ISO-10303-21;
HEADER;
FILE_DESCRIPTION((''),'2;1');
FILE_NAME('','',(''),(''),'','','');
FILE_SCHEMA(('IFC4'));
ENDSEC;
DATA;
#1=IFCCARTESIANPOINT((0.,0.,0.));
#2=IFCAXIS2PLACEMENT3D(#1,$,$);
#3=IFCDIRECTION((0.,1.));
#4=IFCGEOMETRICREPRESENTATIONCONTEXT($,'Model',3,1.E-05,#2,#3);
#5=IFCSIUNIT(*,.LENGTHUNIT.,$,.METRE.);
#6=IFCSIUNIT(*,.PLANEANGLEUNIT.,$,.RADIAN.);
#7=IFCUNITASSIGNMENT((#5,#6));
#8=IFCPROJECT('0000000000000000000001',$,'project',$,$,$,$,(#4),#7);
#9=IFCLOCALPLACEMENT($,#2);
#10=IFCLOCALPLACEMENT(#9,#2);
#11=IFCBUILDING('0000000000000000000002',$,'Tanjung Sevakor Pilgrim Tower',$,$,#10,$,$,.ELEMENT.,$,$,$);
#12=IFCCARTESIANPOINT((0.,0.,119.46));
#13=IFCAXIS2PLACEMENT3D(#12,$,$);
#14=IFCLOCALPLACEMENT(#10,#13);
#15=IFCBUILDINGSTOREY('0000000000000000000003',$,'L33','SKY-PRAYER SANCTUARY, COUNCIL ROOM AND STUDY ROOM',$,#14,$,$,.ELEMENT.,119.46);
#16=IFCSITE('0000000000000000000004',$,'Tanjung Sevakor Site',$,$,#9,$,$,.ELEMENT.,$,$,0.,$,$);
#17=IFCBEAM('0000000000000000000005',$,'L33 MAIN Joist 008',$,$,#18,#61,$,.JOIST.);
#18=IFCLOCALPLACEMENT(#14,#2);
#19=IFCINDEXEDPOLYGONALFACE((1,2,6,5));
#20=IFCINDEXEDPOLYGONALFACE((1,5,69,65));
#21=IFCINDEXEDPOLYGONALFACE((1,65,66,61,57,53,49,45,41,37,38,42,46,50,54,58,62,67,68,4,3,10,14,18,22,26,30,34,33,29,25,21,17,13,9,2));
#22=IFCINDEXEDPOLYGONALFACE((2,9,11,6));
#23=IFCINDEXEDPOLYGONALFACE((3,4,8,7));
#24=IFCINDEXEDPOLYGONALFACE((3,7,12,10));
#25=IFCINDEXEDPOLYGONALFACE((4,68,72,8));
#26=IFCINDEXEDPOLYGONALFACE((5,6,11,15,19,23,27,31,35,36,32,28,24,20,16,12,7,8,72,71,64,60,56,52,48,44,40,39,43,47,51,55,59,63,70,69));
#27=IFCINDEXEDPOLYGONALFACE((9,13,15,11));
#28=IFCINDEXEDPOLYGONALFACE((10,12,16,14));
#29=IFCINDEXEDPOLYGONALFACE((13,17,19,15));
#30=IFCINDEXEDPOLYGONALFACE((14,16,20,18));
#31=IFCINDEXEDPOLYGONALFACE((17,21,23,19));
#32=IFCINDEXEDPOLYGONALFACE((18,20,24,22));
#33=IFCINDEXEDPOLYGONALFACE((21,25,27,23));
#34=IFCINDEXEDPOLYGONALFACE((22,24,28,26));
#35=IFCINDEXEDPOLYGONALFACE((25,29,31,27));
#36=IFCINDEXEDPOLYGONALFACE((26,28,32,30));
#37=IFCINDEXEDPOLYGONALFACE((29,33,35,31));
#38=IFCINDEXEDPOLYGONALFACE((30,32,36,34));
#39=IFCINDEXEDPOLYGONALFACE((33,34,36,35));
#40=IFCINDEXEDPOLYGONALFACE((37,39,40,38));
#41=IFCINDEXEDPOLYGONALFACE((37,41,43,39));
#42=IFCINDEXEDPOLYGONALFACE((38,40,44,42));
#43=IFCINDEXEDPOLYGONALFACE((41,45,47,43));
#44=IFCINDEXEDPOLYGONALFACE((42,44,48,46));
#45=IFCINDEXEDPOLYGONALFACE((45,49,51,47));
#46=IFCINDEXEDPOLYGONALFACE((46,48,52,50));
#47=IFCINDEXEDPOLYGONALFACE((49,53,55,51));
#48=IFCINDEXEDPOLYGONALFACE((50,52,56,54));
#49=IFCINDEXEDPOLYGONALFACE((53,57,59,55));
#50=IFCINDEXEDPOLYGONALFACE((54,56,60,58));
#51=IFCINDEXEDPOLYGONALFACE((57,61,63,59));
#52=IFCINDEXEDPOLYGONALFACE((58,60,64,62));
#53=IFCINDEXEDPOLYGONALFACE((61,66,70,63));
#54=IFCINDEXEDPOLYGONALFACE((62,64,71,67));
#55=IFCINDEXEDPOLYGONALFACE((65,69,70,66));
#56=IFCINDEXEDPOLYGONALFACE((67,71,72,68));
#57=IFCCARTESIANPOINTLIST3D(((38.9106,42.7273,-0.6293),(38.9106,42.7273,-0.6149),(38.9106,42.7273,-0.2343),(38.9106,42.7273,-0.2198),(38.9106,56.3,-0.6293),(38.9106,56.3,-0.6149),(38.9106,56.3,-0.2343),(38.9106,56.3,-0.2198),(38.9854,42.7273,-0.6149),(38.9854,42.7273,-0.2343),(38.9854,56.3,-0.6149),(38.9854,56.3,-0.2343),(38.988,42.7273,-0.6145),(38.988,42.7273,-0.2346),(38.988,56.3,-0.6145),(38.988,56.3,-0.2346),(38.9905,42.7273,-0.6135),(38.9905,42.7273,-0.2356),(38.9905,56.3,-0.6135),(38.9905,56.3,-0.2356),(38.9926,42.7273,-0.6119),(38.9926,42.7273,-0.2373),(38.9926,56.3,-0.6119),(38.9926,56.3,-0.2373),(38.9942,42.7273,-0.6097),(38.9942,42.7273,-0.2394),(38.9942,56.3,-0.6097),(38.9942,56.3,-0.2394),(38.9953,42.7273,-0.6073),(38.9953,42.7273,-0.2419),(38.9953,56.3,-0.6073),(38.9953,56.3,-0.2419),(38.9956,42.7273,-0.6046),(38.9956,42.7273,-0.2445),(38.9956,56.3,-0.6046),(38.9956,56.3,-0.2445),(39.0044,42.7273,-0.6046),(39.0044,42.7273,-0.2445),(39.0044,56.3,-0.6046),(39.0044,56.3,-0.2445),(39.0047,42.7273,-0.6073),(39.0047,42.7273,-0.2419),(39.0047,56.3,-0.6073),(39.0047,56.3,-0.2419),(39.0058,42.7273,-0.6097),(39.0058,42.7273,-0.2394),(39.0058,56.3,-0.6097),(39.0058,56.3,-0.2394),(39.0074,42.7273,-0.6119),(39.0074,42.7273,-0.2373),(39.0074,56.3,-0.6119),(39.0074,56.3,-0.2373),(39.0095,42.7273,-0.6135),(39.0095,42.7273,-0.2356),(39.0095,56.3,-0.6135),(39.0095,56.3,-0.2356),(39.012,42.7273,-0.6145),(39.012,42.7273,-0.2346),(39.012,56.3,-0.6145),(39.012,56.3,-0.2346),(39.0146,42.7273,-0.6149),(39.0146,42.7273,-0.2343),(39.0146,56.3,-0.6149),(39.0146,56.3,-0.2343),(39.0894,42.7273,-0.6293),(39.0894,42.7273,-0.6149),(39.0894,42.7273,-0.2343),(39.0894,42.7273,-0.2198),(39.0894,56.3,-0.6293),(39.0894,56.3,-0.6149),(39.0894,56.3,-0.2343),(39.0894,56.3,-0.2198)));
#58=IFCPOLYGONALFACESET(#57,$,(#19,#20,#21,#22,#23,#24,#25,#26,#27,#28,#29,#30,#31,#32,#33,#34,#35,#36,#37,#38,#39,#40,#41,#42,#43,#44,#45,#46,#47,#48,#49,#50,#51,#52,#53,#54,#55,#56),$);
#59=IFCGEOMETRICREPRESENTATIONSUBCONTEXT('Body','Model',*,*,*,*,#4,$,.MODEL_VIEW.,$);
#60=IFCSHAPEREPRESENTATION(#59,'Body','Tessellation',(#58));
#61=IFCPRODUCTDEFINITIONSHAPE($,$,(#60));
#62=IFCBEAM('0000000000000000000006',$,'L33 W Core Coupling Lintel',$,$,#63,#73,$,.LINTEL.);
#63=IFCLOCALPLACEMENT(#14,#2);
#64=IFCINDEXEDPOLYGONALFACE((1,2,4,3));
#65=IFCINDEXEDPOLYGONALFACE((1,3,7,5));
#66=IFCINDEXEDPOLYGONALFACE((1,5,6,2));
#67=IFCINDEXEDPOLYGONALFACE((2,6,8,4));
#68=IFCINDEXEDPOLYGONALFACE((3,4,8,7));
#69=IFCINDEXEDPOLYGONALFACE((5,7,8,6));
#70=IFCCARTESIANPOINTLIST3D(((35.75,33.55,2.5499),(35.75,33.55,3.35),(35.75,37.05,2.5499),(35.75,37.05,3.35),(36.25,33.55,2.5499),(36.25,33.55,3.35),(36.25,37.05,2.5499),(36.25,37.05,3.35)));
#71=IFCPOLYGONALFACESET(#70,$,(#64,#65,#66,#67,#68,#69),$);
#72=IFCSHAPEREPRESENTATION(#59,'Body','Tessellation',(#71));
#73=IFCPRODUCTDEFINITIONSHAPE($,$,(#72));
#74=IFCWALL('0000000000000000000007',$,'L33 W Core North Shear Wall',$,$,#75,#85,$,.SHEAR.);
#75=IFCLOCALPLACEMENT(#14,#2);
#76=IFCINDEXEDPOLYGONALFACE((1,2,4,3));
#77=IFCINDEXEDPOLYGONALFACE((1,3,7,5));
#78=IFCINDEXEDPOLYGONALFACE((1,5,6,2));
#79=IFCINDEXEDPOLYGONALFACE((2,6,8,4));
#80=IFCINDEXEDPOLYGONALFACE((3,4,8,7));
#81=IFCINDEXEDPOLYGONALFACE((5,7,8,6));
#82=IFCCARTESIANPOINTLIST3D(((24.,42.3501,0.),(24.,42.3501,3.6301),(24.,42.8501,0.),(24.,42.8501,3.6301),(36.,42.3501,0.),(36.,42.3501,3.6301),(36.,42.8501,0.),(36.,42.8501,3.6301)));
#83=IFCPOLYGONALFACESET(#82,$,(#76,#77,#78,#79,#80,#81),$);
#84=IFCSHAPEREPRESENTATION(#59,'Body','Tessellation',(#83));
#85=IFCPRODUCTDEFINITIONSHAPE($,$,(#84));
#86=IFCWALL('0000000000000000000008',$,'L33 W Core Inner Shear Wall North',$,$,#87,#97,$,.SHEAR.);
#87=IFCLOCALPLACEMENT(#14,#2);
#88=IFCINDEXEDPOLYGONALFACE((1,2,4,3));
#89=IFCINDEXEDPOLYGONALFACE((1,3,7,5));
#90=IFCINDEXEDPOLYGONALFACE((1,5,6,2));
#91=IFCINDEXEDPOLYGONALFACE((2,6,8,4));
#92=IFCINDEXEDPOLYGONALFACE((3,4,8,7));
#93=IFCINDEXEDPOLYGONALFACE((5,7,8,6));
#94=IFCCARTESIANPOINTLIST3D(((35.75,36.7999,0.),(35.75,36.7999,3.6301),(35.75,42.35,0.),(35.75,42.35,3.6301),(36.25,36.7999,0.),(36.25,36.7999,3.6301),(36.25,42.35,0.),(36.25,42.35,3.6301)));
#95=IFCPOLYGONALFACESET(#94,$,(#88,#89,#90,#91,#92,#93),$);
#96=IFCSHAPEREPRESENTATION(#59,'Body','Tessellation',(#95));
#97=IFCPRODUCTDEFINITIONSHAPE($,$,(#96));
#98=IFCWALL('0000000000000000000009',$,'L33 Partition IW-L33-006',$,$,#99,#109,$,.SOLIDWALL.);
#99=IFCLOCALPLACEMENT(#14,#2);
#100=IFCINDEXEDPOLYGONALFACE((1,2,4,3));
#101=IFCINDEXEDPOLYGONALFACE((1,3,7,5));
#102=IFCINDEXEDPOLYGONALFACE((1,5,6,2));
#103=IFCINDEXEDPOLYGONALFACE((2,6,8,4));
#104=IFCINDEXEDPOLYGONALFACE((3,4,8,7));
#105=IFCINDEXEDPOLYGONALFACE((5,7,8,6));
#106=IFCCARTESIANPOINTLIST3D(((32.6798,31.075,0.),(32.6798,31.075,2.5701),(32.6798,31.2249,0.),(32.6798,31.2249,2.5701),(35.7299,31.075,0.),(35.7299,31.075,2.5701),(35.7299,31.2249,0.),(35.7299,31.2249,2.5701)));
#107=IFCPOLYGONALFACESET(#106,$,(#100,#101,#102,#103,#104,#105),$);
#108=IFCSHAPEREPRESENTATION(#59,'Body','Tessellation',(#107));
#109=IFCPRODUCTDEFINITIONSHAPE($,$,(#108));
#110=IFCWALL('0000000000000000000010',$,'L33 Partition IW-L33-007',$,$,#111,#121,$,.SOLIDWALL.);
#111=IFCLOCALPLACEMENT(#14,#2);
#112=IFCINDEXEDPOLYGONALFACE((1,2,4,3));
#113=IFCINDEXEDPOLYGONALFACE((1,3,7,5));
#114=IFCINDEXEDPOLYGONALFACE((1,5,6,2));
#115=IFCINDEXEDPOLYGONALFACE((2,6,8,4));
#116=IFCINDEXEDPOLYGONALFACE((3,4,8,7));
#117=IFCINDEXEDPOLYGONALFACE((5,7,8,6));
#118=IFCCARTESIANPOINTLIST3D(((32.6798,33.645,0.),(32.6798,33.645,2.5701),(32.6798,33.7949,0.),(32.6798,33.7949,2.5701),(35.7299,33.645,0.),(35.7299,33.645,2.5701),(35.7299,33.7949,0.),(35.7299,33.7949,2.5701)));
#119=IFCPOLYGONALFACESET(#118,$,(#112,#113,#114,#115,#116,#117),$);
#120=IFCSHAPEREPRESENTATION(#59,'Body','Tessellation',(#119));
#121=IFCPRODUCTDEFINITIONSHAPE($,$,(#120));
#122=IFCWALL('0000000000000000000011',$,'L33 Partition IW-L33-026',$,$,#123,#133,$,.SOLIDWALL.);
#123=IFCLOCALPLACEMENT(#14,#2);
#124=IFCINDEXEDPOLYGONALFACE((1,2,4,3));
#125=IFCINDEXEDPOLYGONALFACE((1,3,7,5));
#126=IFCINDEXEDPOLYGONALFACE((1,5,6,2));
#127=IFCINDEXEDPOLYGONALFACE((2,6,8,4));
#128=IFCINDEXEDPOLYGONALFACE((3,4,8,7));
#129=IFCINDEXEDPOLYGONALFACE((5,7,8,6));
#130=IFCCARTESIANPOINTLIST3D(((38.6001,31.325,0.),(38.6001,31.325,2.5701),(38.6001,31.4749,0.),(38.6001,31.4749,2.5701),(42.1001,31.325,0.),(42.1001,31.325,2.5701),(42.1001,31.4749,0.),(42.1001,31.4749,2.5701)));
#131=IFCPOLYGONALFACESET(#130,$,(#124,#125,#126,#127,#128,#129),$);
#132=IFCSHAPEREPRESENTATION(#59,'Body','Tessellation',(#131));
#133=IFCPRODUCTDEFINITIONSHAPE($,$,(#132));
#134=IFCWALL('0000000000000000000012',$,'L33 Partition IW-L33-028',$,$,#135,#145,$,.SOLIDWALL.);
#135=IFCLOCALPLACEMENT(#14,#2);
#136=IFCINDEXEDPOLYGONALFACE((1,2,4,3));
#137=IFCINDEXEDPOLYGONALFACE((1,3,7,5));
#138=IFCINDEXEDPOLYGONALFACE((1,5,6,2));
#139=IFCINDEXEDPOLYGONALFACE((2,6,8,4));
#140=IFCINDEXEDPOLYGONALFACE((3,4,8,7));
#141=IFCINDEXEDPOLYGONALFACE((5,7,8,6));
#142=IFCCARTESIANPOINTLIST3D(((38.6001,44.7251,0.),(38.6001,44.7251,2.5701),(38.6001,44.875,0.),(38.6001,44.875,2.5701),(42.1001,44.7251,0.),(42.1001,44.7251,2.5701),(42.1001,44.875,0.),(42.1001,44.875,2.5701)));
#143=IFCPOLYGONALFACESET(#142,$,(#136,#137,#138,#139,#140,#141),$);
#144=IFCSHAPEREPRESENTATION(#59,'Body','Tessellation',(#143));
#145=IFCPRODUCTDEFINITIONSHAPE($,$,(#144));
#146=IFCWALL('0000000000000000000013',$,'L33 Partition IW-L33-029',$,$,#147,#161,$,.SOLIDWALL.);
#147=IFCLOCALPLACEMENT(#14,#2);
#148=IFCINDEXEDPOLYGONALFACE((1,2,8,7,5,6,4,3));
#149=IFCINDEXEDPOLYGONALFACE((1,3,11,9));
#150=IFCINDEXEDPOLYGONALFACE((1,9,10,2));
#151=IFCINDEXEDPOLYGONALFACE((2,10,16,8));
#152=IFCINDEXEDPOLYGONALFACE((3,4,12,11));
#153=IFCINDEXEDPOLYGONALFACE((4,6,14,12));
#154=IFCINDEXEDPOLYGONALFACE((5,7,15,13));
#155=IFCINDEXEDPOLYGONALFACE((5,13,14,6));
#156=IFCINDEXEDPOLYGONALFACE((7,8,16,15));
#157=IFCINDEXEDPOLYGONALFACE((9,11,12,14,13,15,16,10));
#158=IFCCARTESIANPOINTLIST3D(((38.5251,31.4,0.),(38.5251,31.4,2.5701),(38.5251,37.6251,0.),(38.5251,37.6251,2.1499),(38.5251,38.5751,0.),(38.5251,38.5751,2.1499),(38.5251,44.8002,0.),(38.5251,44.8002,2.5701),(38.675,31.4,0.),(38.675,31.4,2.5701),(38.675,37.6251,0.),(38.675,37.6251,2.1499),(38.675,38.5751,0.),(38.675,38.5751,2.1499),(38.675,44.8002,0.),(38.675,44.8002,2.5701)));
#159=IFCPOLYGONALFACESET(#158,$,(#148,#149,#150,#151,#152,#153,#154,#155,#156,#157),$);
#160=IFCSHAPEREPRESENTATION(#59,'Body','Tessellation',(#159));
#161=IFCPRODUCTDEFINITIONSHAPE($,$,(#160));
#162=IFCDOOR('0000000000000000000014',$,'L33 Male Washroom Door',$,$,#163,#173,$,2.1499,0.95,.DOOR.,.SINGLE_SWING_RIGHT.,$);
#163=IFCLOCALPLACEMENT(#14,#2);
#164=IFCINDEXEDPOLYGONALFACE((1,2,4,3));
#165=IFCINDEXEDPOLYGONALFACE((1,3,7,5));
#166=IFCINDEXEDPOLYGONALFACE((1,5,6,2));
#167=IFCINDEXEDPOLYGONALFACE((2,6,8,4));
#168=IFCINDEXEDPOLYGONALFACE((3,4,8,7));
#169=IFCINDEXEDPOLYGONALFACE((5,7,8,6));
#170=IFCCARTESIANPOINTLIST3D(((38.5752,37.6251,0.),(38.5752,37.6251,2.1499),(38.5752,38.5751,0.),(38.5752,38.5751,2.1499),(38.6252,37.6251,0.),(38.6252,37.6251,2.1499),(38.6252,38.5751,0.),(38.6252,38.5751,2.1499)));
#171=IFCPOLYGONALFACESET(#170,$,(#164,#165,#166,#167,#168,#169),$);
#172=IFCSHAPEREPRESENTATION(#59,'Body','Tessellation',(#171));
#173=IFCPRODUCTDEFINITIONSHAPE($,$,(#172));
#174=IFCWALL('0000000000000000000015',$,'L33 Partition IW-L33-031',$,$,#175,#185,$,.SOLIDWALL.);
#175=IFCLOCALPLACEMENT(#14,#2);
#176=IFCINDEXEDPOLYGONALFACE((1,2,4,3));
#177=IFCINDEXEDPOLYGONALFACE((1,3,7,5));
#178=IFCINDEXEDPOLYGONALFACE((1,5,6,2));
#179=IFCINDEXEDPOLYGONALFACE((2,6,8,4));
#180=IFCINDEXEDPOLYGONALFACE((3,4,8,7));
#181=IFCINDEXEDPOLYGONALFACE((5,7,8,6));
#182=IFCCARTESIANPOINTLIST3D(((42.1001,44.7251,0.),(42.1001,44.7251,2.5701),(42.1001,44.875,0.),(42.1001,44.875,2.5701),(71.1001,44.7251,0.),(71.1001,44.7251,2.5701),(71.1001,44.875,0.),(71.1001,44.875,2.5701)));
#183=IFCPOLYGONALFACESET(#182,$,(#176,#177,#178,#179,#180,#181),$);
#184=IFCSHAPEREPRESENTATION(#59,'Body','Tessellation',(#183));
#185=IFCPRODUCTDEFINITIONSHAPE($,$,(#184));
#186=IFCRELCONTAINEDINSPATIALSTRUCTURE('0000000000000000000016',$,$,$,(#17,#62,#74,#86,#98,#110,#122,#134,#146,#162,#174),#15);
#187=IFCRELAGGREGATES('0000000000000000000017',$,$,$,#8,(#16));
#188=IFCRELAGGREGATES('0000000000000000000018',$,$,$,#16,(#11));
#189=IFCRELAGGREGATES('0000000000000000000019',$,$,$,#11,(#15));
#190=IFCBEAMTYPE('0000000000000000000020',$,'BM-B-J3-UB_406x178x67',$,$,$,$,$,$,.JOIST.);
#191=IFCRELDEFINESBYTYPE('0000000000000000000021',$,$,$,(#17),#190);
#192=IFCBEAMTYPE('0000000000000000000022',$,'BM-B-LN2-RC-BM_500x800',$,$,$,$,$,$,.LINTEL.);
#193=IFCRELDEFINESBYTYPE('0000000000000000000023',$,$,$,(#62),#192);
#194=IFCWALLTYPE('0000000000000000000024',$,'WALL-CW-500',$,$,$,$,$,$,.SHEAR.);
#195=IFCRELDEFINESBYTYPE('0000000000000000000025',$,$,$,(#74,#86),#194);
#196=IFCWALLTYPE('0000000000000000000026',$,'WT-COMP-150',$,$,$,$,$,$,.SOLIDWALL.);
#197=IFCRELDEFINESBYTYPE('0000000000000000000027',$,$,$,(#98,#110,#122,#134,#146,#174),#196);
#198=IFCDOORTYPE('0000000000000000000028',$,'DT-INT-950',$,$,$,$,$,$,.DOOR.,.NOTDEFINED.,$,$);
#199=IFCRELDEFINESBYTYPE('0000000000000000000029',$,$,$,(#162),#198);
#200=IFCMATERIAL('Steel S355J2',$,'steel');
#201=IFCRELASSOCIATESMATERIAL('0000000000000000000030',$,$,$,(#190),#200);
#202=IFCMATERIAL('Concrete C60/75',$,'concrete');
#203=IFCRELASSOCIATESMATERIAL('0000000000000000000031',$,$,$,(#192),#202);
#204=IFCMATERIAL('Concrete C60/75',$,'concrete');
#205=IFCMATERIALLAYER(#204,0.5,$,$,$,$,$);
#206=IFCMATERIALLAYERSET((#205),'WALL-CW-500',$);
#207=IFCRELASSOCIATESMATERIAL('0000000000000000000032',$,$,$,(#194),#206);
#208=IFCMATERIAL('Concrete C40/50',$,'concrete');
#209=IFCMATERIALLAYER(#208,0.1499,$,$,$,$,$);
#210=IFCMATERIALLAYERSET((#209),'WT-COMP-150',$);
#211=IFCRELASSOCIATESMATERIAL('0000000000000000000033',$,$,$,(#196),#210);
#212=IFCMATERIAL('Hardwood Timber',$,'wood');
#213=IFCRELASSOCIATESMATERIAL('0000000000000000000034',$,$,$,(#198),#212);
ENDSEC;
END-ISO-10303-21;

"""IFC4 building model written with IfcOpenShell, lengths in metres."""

from ifc_helpers import new_model, si_unit, direction, frame, frame_2d, origin, origin_2d, place, context, subcontext, project, spatial, rectangle, i_section, extrude, material, layer, layer_set, material_profile, profile_set, type_object, element, fill, save


model = new_model("IFC4")

# Units and contexts
model_context = context("Model", 3, precision=1e-05, world=origin(), true_north=direction((0.0, 1.0)))
body_context = subcontext(model_context, "Body", "Model", "MODEL_VIEW")
ifc_project = project(units=[si_unit("LENGTHUNIT", "METRE"), si_unit("PLANEANGLEUNIT", "RADIAN")], contexts=[model_context])

# Site, building, storey
site_placement = place(None, origin())
site = spatial("IfcSite", under=ifc_project, at=site_placement, Name="Tanjung Sevakor Site", CompositionType="ELEMENT", RefElevation=0.0)
building_placement = place(site_placement, origin())
building = spatial("IfcBuilding", under=site, at=building_placement, Name="Tanjung Sevakor Pilgrim Tower", CompositionType="ELEMENT")
storey_placement = place(building_placement, frame((0.0, 0.0, 119.46)))
storey = spatial("IfcBuildingStorey", under=building, at=storey_placement, Name="L33", Description="SKY-PRAYER SANCTUARY, COUNCIL ROOM AND STUDY ROOM", CompositionType="ELEMENT", Elevation=119.46)

# Beams
ifc_material_1 = material(Name="Steel S355J2", Category="steel")
ifc_material_profile_1 = material_profile(ifc_material_1, i_section(OverallWidth=0.1787, OverallDepth=0.4094, WebThickness=0.0088, FlangeThickness=0.0144, FilletRadius=0.0103, at=origin_2d()))
ifc_profile_set_1 = profile_set([ifc_material_profile_1], Name="Steel S355J2")
beam_type_1 = type_object("IfcBeamType", Name="BM-B-J3-UB_406x178x67", PredefinedType="JOIST", material=ifc_profile_set_1)
beam_1_placement = place(storey_placement, frame((39.0, 42.7273, -0.4246), z_axis=(0.0, 1.0, 0.0), x_axis=(-1.0, 0.0, 0.0)))
element("IfcBeam", 1, at=beam_1_placement, inside=storey, type_object=beam_type_1, Name="L33 MAIN Joist 008", PredefinedType="JOIST", context=body_context, shape_type="SweptSolid", body=[
    extrude(i_section(OverallWidth=0.1787, OverallDepth=0.4094, WebThickness=0.0088, FlangeThickness=0.0144, FilletRadius=0.0103, at=origin_2d()), origin(), (0.0, 0.0, 1.0), 13.5728),
])
ifc_material_2 = material(Name="Concrete C60/75", Category="concrete")
ifc_material_profile_2 = material_profile(ifc_material_2, rectangle(XDim=0.5, YDim=0.8, at=origin_2d()))
ifc_profile_set_2 = profile_set([ifc_material_profile_2], Name="Concrete C60/75")
beam_type_2 = type_object("IfcBeamType", Name="BM-B-LN2-RC-BM_500x800", PredefinedType="LINTEL", material=ifc_profile_set_2)
beam_2_placement = place(storey_placement, frame((36.0, 33.55, 2.95), z_axis=(0.0, 1.0, 0.0), x_axis=(-1.0, 0.0, 0.0)))
element("IfcBeam", 2, at=beam_2_placement, inside=storey, type_object=beam_type_2, Name="L33 W Core Coupling Lintel", PredefinedType="LINTEL", context=body_context, shape_type="SweptSolid", body=[
    extrude(rectangle(XDim=0.5, YDim=0.8, at=origin_2d()), origin(), (0.0, 0.0, 1.0), 3.5),
])

# Walls
ifc_material_3 = material(Name="Concrete C60/75", Category="concrete")
ifc_layer_1 = layer(ifc_material_3, 0.5)
ifc_layer_set_1 = layer_set([ifc_layer_1], Name="WALL-CW-500")
wall_type_1 = type_object("IfcWallType", Name="WALL-CW-500", PredefinedType="SHEAR", material=ifc_layer_set_1)
wall_1_placement = place(storey_placement, frame((36.0, 42.6001, 0.0), z_axis=(0.0, 0.0, 1.0), x_axis=(-1.0, 0.0, 0.0)))
element("IfcWall", 3, at=wall_1_placement, inside=storey, type_object=wall_type_1, Name="L33 W Core North Shear Wall", PredefinedType="SHEAR", context=body_context, shape_type="SweptSolid", body=[
    extrude(rectangle(XDim=12.0, YDim=0.5, at=frame_2d((6.0, 0.0))), origin(), (0.0, 0.0, 1.0), 3.6301),
])
wall_2_placement = place(storey_placement, frame((36.0, 36.8, 0.0), z_axis=(0.0, 0.0, 1.0), x_axis=(0.0, 1.0, 0.0)))
element("IfcWall", 4, at=wall_2_placement, inside=storey, type_object=wall_type_1, Name="L33 W Core Inner Shear Wall North", PredefinedType="SHEAR", context=body_context, shape_type="SweptSolid", body=[
    extrude(rectangle(XDim=5.55, YDim=0.5, at=frame_2d((2.7749, 0.0))), origin(), (0.0, 0.0, 1.0), 3.6301),
])
ifc_material_4 = material(Name="Concrete C40/50", Category="concrete")
ifc_layer_2 = layer(ifc_material_4, 0.1499)
ifc_layer_set_2 = layer_set([ifc_layer_2], Name="WT-COMP-150")
wall_type_2 = type_object("IfcWallType", Name="WT-COMP-150", PredefinedType="SOLIDWALL", material=ifc_layer_set_2)
for number, where, z_axis, x_axis, name in (
    (5, (32.6799, 31.1499, 0.0), (0.0, 0.0, 1.0), (1.0, 0.0, 0.0), "L33 Partition IW-L33-006"),
    (6, (32.6799, 33.72, 0.0), (0.0, 0.0, 1.0), (1.0, 0.0, 0.0), "L33 Partition IW-L33-007"),
):
    element("IfcWall", number, at=place(storey_placement, frame(where, z_axis=z_axis, x_axis=x_axis)), inside=storey, type_object=wall_type_2, Name=name, PredefinedType="SOLIDWALL", context=body_context, shape_type="SweptSolid", body=[
        extrude(rectangle(XDim=3.05, YDim=0.1499, at=frame_2d((1.5249, 0.0))), origin(), (0.0, 0.0, 1.0), 2.5701),
    ])
for number, where, z_axis, x_axis, name in (
    (7, (38.6001, 31.3999, 0.0), (0.0, 0.0, 1.0), (1.0, 0.0, 0.0), "L33 Partition IW-L33-026"),
    (8, (38.6001, 44.8, 0.0), (0.0, 0.0, 1.0), (1.0, 0.0, 0.0), "L33 Partition IW-L33-028"),
):
    element("IfcWall", number, at=place(storey_placement, frame(where, z_axis=z_axis, x_axis=x_axis)), inside=storey, type_object=wall_type_2, Name=name, PredefinedType="SOLIDWALL", context=body_context, shape_type="SweptSolid", body=[
        extrude(rectangle(XDim=3.5, YDim=0.1499, at=frame_2d((1.75, 0.0))), origin(), (0.0, 0.0, 1.0), 2.5701),
    ])

# Wall, opening, door
wall_3_placement = place(storey_placement, frame((38.6001, 31.3999, 0.0), z_axis=(0.0, 0.0, 1.0), x_axis=(0.0, 1.0, 0.0)))
wall_3 = element("IfcWall", 9, at=wall_3_placement, inside=storey, type_object=wall_type_2, Name="L33 Partition IW-L33-029", PredefinedType="SOLIDWALL", context=body_context, shape_type="SweptSolid", body=[
    extrude(rectangle(XDim=13.4001, YDim=0.1499, at=frame_2d((6.7002, 0.0))), origin(), (0.0, 0.0, 1.0), 2.5701),
])
opening_1_placement = place(wall_3_placement, frame((6.2251, 0.0, 0.0)))
opening_1 = element("IfcOpeningElement", 10, at=opening_1_placement, cuts=wall_3, PredefinedType="OPENING", context=body_context, shape_type="SweptSolid", body=[
    extrude(rectangle(XDim=0.95, YDim=2.1499, at=frame_2d((0.4751, 1.075))), frame((0.0, 0.085, 0.0), z_axis=(0.0, -1.0, 0.0), x_axis=(1.0, 0.0, 0.0)), (0.0, 0.0, 1.0), 0.1699),
])
ifc_material_5 = material(Name="Hardwood Timber", Category="wood")
door_type_1 = type_object("IfcDoorType", Name="DT-INT-950", OperationType="NOTDEFINED", PredefinedType="DOOR", material=ifc_material_5)
door_1_placement = place(opening_1_placement, origin())
door_1 = element("IfcDoor", 11, at=door_1_placement, inside=storey, type_object=door_type_1, Name="L33 Male Washroom Door", OperationType="SINGLE_SWING_RIGHT", OverallHeight=2.1499, OverallWidth=0.95, PredefinedType="DOOR", context=body_context, shape_type="SweptSolid", body=[
    extrude(rectangle(XDim=0.95, YDim=2.1499, at=frame_2d((0.4751, 1.075))), frame((0.0, 0.0249, 0.0), z_axis=(0.0, -1.0, 0.0), x_axis=(1.0, 0.0, 0.0)), (0.0, 0.0, 1.0), 0.05),
])
fill(opening_1, door_1)

# Wall
wall_4_placement = place(storey_placement, frame((42.1001, 44.8, 0.0), z_axis=(0.0, 0.0, 1.0), x_axis=(1.0, 0.0, 0.0)))
element("IfcWall", 12, at=wall_4_placement, inside=storey, type_object=wall_type_2, Name="L33 Partition IW-L33-031", PredefinedType="SOLIDWALL", context=body_context, shape_type="SweptSolid", body=[
    extrude(rectangle(XDim=29.0, YDim=0.1499, at=frame_2d((14.5, 0.0))), origin(), (0.0, 0.0, 1.0), 2.5701),
])

save(model, "model.ifc")
